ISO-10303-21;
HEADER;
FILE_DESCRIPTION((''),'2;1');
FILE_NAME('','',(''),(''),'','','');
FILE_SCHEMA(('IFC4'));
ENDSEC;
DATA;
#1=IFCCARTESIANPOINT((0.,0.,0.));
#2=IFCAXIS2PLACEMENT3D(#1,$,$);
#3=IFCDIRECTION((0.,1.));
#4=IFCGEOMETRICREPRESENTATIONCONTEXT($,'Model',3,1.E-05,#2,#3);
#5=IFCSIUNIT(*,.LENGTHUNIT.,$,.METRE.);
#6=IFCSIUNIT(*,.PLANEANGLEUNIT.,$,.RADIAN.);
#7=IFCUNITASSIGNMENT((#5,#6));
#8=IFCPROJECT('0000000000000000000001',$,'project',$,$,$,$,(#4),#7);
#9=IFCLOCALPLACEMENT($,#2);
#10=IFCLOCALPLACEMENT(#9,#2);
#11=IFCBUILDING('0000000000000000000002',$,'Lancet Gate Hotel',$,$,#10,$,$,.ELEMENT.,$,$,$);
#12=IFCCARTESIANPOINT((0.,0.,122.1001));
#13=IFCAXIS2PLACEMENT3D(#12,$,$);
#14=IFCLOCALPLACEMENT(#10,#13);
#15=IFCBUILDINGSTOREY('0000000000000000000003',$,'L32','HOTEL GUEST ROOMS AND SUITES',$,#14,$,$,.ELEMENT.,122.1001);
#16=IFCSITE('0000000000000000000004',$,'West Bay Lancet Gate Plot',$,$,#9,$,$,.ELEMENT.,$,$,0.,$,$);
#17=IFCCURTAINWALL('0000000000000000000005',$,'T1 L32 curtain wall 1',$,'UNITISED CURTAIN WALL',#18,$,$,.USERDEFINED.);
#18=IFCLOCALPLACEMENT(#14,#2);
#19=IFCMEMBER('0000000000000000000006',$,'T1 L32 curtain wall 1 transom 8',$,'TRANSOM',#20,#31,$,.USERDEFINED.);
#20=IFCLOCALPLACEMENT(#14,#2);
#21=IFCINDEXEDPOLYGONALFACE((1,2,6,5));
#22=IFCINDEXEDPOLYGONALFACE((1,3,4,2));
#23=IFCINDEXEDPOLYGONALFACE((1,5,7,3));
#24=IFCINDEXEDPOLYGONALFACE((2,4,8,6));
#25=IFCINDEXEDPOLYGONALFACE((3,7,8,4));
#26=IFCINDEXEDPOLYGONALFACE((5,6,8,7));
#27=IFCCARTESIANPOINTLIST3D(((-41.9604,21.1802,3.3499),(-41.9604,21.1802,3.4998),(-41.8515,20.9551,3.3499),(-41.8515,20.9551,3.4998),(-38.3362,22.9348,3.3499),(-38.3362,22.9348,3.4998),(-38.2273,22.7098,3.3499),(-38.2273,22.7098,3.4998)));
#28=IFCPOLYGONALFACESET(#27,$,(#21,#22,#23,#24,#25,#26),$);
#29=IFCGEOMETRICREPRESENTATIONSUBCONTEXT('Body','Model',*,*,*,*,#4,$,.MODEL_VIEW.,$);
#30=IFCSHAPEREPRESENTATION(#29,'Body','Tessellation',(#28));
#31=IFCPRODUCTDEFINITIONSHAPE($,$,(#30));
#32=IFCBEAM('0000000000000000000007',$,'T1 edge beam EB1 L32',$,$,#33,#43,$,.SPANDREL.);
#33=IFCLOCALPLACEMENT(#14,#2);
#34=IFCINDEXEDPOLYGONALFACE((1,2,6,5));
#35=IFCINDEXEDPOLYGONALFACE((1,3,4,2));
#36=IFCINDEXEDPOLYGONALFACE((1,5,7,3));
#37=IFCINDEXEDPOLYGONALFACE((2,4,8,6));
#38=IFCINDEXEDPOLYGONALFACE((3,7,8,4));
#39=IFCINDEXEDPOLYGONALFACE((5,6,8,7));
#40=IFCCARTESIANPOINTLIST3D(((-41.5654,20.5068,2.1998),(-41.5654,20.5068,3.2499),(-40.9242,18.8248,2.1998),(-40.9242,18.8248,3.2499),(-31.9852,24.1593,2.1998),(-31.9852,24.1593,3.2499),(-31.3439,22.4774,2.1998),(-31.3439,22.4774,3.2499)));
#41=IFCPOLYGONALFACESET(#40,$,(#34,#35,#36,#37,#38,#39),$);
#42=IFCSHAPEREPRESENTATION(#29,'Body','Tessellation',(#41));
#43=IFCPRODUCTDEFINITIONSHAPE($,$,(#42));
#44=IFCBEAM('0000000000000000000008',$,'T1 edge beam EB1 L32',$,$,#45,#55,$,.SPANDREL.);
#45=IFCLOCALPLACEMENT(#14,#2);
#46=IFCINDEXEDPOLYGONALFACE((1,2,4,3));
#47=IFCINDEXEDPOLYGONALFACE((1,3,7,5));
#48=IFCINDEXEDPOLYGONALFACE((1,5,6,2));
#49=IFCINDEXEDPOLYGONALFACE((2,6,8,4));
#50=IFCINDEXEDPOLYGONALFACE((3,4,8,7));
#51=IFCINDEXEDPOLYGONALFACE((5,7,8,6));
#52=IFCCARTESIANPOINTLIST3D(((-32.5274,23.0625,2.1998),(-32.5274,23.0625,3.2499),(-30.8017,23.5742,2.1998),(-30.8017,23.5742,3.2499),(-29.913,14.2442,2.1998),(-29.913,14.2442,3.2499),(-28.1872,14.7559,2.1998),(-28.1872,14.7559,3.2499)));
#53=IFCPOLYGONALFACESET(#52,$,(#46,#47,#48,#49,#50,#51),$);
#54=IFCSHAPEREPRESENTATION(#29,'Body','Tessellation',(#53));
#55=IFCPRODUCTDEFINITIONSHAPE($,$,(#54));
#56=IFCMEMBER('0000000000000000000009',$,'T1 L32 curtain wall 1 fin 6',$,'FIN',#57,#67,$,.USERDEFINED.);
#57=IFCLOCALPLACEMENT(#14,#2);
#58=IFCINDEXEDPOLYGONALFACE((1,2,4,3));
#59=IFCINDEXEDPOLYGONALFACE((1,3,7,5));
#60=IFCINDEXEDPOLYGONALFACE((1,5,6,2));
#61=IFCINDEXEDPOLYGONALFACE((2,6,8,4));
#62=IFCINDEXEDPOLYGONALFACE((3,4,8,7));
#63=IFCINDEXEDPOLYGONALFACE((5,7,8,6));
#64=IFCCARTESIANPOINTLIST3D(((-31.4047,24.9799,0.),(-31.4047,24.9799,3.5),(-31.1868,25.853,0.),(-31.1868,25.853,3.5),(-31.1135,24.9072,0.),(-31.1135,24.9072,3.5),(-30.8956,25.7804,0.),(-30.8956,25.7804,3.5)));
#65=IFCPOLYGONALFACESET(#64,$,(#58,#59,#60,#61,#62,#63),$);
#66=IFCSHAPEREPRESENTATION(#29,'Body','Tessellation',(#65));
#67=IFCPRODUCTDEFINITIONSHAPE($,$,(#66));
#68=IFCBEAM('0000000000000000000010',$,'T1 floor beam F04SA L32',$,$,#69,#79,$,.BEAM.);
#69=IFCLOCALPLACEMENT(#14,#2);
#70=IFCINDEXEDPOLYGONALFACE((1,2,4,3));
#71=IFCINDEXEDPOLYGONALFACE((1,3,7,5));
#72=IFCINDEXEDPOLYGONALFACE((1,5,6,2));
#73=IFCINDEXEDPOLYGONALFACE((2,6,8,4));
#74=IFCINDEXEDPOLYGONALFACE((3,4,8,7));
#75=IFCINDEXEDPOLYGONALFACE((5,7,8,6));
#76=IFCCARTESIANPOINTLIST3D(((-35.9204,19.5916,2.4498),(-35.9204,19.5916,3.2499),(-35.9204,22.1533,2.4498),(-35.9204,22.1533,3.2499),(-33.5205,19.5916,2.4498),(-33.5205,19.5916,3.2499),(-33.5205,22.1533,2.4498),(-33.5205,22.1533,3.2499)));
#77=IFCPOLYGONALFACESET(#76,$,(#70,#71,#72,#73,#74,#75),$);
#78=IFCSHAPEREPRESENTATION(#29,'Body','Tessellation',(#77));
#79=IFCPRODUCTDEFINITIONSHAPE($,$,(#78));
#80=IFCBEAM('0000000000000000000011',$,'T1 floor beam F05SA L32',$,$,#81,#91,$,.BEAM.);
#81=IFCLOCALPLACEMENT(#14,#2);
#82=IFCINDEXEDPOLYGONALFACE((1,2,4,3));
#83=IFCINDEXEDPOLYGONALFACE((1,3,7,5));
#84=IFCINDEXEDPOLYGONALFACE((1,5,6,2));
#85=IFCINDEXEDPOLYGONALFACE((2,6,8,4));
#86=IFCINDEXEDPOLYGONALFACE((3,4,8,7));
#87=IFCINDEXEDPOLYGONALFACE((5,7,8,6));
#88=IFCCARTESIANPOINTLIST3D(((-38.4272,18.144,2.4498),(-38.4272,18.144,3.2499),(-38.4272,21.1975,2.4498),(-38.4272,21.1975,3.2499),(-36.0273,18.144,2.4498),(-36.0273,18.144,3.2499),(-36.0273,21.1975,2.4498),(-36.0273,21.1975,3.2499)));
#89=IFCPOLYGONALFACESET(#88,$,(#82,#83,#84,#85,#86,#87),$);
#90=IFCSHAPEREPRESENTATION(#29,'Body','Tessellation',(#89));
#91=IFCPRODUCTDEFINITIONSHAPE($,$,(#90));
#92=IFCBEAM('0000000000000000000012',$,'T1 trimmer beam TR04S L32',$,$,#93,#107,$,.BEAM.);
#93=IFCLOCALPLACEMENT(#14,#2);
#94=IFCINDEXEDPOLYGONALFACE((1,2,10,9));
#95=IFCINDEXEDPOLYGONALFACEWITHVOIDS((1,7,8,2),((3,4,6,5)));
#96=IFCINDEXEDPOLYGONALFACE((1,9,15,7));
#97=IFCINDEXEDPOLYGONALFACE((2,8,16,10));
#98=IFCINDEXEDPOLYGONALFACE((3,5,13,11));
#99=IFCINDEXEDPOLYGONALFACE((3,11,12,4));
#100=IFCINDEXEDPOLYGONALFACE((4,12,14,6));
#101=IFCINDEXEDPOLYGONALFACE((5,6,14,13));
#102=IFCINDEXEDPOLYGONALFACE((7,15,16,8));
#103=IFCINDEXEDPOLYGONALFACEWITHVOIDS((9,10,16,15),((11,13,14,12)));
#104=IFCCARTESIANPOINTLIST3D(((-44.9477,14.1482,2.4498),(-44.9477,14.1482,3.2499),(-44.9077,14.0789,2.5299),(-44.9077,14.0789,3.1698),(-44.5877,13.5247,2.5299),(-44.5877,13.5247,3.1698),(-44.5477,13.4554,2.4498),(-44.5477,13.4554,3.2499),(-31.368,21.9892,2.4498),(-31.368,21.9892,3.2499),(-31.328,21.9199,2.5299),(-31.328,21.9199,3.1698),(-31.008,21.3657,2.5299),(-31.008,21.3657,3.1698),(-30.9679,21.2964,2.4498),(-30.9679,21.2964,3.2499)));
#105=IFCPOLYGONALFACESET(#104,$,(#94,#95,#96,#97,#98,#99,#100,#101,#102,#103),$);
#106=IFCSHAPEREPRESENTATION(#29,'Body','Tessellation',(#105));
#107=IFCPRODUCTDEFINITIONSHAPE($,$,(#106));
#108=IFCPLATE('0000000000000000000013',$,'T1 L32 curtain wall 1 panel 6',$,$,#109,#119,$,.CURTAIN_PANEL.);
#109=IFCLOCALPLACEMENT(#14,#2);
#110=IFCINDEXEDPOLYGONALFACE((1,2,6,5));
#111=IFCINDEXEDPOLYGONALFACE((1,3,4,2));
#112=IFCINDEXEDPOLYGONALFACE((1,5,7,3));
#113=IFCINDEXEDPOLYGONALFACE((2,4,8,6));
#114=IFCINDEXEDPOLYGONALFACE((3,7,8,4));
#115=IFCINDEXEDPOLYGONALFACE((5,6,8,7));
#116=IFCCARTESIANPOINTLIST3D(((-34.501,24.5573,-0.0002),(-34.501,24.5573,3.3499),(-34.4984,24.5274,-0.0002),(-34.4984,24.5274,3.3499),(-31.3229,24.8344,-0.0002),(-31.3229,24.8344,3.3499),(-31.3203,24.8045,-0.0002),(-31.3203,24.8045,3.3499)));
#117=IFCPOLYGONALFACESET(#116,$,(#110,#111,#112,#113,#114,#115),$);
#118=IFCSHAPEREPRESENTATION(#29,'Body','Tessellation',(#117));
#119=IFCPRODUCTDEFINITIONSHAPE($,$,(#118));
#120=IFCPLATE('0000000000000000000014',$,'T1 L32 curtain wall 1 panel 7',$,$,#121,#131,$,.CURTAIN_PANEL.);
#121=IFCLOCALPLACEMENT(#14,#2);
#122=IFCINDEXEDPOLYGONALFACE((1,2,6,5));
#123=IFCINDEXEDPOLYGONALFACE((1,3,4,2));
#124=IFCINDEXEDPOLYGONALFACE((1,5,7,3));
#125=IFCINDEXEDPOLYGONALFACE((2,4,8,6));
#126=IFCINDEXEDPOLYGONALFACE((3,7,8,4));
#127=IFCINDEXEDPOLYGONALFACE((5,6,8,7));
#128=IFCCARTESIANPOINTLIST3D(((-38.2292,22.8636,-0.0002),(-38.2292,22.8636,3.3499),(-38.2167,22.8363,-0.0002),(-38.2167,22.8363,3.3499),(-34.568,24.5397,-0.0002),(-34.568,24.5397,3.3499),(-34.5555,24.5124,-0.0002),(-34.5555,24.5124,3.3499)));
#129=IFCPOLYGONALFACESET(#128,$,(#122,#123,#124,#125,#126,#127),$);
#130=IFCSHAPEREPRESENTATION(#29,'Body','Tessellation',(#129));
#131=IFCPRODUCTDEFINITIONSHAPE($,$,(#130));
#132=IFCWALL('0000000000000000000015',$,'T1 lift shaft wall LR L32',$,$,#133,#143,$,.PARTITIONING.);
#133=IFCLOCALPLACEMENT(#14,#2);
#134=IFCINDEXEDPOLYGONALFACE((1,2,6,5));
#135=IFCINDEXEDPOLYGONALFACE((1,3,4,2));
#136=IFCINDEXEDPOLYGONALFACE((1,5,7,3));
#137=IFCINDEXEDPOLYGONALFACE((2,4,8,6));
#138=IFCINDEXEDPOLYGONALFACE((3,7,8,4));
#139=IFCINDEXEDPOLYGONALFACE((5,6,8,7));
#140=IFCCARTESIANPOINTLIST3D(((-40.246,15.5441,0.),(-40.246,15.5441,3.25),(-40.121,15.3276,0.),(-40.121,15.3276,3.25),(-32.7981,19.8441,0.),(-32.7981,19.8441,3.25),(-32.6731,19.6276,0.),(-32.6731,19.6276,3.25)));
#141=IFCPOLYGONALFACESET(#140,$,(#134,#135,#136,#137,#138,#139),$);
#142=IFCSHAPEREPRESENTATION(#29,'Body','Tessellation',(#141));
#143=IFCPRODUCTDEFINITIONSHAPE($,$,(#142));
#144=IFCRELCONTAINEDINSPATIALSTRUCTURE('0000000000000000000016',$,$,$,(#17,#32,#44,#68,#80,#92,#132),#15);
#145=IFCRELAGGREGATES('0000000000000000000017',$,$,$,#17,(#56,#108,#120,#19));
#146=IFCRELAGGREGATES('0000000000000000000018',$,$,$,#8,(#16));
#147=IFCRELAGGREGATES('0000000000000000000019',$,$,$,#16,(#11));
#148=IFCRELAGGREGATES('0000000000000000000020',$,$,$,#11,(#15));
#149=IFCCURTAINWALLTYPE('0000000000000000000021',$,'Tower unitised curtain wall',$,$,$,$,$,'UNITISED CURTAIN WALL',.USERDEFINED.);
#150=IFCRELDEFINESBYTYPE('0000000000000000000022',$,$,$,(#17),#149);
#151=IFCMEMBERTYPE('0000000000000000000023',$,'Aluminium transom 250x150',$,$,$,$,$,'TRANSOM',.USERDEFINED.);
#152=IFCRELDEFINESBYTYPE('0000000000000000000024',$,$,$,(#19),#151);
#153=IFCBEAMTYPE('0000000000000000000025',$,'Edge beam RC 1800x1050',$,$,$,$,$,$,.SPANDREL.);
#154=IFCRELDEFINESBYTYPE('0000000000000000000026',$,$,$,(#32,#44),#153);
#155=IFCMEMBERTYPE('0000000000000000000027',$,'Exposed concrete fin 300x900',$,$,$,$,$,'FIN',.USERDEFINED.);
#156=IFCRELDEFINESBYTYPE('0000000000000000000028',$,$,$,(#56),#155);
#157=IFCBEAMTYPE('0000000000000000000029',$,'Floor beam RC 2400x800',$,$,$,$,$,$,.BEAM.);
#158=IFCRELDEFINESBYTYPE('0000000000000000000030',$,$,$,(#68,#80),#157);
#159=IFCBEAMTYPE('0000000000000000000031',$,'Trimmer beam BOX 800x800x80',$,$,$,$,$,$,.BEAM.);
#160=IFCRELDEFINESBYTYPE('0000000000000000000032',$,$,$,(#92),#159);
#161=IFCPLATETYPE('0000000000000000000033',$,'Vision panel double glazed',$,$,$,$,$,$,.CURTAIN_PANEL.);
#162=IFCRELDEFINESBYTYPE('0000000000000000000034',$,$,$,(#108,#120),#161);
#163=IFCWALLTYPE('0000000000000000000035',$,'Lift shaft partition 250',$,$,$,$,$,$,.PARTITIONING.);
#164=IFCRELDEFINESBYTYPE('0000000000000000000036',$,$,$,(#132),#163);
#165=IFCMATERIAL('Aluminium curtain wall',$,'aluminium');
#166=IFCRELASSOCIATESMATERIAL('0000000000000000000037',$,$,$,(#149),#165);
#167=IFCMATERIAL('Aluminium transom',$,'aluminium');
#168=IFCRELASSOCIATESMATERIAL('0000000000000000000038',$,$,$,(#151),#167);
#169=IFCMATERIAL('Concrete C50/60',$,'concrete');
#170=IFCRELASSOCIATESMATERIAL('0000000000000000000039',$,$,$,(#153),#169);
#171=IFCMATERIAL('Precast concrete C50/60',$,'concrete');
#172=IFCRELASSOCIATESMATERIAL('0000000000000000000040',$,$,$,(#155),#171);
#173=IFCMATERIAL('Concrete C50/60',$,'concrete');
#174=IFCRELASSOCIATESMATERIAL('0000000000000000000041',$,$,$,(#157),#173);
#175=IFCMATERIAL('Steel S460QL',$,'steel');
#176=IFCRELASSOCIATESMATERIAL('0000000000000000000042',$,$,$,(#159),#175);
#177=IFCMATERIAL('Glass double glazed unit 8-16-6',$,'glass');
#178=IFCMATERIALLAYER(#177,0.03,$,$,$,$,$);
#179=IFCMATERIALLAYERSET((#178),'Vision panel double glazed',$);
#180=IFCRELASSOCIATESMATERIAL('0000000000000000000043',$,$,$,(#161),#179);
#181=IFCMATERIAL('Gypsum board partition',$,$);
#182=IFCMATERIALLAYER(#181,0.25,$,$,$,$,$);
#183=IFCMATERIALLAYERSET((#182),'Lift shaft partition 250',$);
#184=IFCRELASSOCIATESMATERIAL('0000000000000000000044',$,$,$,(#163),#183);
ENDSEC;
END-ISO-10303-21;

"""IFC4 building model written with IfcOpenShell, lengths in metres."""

from ifc_helpers import new_model, si_unit, direction, frame, frame_2d, origin, origin_2d, place, context, subcontext, project, spatial, rectangle, hollow_rectangle, extrude, material, layer, layer_set, material_profile, profile_set, type_object, element, aggregate, save


model = new_model("IFC4")

# Units and contexts
model_context = context("Model", 3, precision=1e-05, world=origin(), true_north=direction((0.0, 1.0)))
body_context = subcontext(model_context, "Body", "Model", "MODEL_VIEW")
ifc_project = project(units=[si_unit("LENGTHUNIT", "METRE"), si_unit("PLANEANGLEUNIT", "RADIAN")], contexts=[model_context])

# Site, building, storey
site_placement = place(None, origin())
site = spatial("IfcSite", under=ifc_project, at=site_placement, Name="West Bay Lancet Gate Plot", CompositionType="ELEMENT", RefElevation=0.0)
building_placement = place(site_placement, origin())
building = spatial("IfcBuilding", under=site, at=building_placement, Name="Lancet Gate Hotel", CompositionType="ELEMENT")
storey_placement = place(building_placement, frame((0.0, 0.0, 122.1001)))
storey = spatial("IfcBuildingStorey", under=building, at=storey_placement, Name="L32", Description="HOTEL GUEST ROOMS AND SUITES", CompositionType="ELEMENT", Elevation=122.1001)

# Curtain wall, member
ifc_material_1 = material(Name="Aluminium curtain wall", Category="aluminium")
curtain_wall_type = type_object("IfcCurtainWallType", Name="Tower unitised curtain wall", ElementType="UNITISED CURTAIN WALL", PredefinedType="USERDEFINED", material=ifc_material_1)
curtain_wall_placement = place(storey_placement, origin())
curtain_wall = element("IfcCurtainWall", 1, at=curtain_wall_placement, inside=storey, type_object=curtain_wall_type, Name="T1 L32 curtain wall 1", ObjectType="UNITISED CURTAIN WALL", PredefinedType="USERDEFINED")
ifc_material_2 = material(Name="Aluminium transom", Category="aluminium")
ifc_material_profile_1 = material_profile(ifc_material_2, rectangle(XDim=0.25, YDim=0.1499, at=origin_2d()), Name="TRANSOM 250x150")
ifc_profile_set_1 = profile_set([ifc_material_profile_1], Name="Aluminium transom")
member_type_1 = type_object("IfcMemberType", Name="Aluminium transom 250x150", ElementType="TRANSOM", PredefinedType="USERDEFINED", material=ifc_profile_set_1)
member_1_placement = place(storey_placement, frame((-38.2817, 22.8223, 3.4248), z_axis=(-0.900066, -0.435754, 0.0), x_axis=(0.435754, -0.900066, 0.0)))
member_1 = element("IfcMember", 2, at=member_1_placement, type_object=member_type_1, Name="T1 L32 curtain wall 1 transom 8", ObjectType="TRANSOM", PredefinedType="USERDEFINED", context=body_context, shape_type="SweptSolid", body=[
    extrude(rectangle(XDim=0.25, YDim=0.1499, at=origin_2d()), origin(), (0.0, 0.0, 1.0), 4.0266),
])

# Beams
ifc_material_3 = material(Name="Concrete C50/60", Category="concrete")
ifc_material_profile_2 = material_profile(ifc_material_3, rectangle(XDim=1.8, YDim=1.05, at=origin_2d()), Name="RC 1800x1050")
ifc_profile_set_2 = profile_set([ifc_material_profile_2], Name="Concrete C50/60")
beam_type_1 = type_object("IfcBeamType", Name="Edge beam RC 1800x1050", PredefinedType="SPANDREL", material=ifc_profile_set_2)
beam_1_placement = place(storey_placement, frame((-31.6646, 23.3184, 2.7249), z_axis=(-0.934392, -0.356246, 0.0), x_axis=(0.356246, -0.934392, 0.0)))
element("IfcBeam", 3, at=beam_1_placement, inside=storey, type_object=beam_type_1, Name="T1 edge beam EB1 L32", PredefinedType="SPANDREL", context=body_context, shape_type="SweptSolid", body=[
    extrude(rectangle(XDim=1.8, YDim=1.05, at=origin_2d()), origin(), (0.0, 0.0, 1.0), 10.2529),
])
beam_2_placement = place(storey_placement, frame((-31.6646, 23.3184, 2.7249), z_axis=(0.284254, -0.958749, 0.0), x_axis=(0.958749, 0.284254, 0.0)))
element("IfcBeam", 4, at=beam_2_placement, inside=storey, type_object=beam_type_1, Name="T1 edge beam EB1 L32", PredefinedType="SPANDREL", context=body_context, shape_type="SweptSolid", body=[
    extrude(rectangle(XDim=1.8, YDim=1.05, at=origin_2d()), origin(), (0.0, 0.0, 1.0), 9.1978),
])

# Member
ifc_material_4 = material(Name="Precast concrete C50/60", Category="concrete")
ifc_material_profile_3 = material_profile(ifc_material_4, rectangle(XDim=0.3, YDim=0.8999, at=origin_2d()), Name="FIN 300x900")
ifc_profile_set_3 = profile_set([ifc_material_profile_3], Name="Precast concrete C50/60")
member_type_2 = type_object("IfcMemberType", Name="Exposed concrete fin 300x900", ElementType="FIN", PredefinedType="USERDEFINED", material=ifc_profile_set_3)
member_2_placement = place(storey_placement, frame((-31.1501, 25.3801, 0.0), z_axis=(0.0, 0.0, 1.0), x_axis=(-0.970242, 0.242137, 0.0)))
member_2 = element("IfcMember", 5, at=member_2_placement, type_object=member_type_2, Name="T1 L32 curtain wall 1 fin 6", ObjectType="FIN", PredefinedType="USERDEFINED", context=body_context, shape_type="SweptSolid", body=[
    extrude(rectangle(XDim=0.3, YDim=0.8999, at=origin_2d()), origin(), (0.0, 0.0, 1.0), 3.5),
])

# Beams
ifc_material_5 = material(Name="Concrete C50/60", Category="concrete")
ifc_material_profile_4 = material_profile(ifc_material_5, rectangle(XDim=2.3999, YDim=0.8, at=origin_2d()), Name="RC 2400x800")
ifc_profile_set_4 = profile_set([ifc_material_profile_4], Name="Concrete C50/60")
beam_type_2 = type_object("IfcBeamType", Name="Floor beam RC 2400x800", PredefinedType="BEAM", material=ifc_profile_set_4)
beam_3_placement = place(storey_placement, frame((-34.7205, 22.1533, 2.8499), z_axis=(0.0, -1.0, 0.0), x_axis=(1.0, 0.0, 0.0)))
element("IfcBeam", 6, at=beam_3_placement, inside=storey, type_object=beam_type_2, Name="T1 floor beam F04SA L32", PredefinedType="BEAM", context=body_context, shape_type="SweptSolid", body=[
    extrude(rectangle(XDim=2.3999, YDim=0.8, at=origin_2d()), origin(), (0.0, 0.0, 1.0), 2.5618),
])
beam_4_placement = place(storey_placement, frame((-37.2273, 21.1975, 2.8499), z_axis=(0.0, -1.0, 0.0), x_axis=(1.0, 0.0, 0.0)))
element("IfcBeam", 7, at=beam_4_placement, inside=storey, type_object=beam_type_2, Name="T1 floor beam F05SA L32", PredefinedType="BEAM", context=body_context, shape_type="SweptSolid", body=[
    extrude(rectangle(XDim=2.3999, YDim=0.8, at=origin_2d()), origin(), (0.0, 0.0, 1.0), 3.0535),
])
ifc_material_6 = material(Name="Steel S460QL", Category="steel")
ifc_material_profile_5 = material_profile(ifc_material_6, hollow_rectangle(XDim=0.8, YDim=0.8, WallThickness=0.0801, at=origin_2d()), Name="BOX 800x800x80")
ifc_profile_set_5 = profile_set([ifc_material_profile_5], Name="Steel S460QL")
beam_type_3 = type_object("IfcBeamType", Name="Trimmer beam BOX 800x800x80", PredefinedType="BEAM", material=ifc_profile_set_5)
beam_5_placement = place(storey_placement, frame((-31.168, 21.6428, 2.8499), z_axis=(-0.866005, -0.500036, 0.0), x_axis=(0.500036, -0.866005, 0.0)))
element("IfcBeam", 8, at=beam_5_placement, inside=storey, type_object=beam_type_3, Name="T1 trimmer beam TR04S L32", PredefinedType="BEAM", context=body_context, shape_type="SweptSolid", body=[
    extrude(hollow_rectangle(XDim=0.8, YDim=0.8, WallThickness=0.0801, at=origin_2d()), origin(), (0.0, 0.0, 1.0), 15.6809),
])

# Plates
ifc_material_7 = material(Name="Glass double glazed unit 8-16-6", Category="glass")
ifc_layer_1 = layer(ifc_material_7, 0.03)
ifc_layer_set_1 = layer_set([ifc_layer_1], Name="Vision panel double glazed")
plate_type = type_object("IfcPlateType", Name="Vision panel double glazed", PredefinedType="CURTAIN_PANEL", material=ifc_layer_set_1)
plate_1_placement = place(storey_placement, frame((-32.9106, 24.6809, -0.0002), z_axis=(0.0, 0.0, 1.0), x_axis=(-0.996219, -0.08688, 0.0)))
plate_1 = element("IfcPlate", 9, at=plate_1_placement, type_object=plate_type, Name="T1 L32 curtain wall 1 panel 6", PredefinedType="CURTAIN_PANEL", context=body_context, shape_type="SweptSolid", body=[
    extrude(rectangle(XDim=3.1902, YDim=0.03, at=origin_2d()), origin(), (0.0, 0.0, 1.0), 3.3501),
])
plate_2_placement = place(storey_placement, frame((-36.3923, 23.688, -0.0002), z_axis=(0.0, 0.0, 1.0), x_axis=(-0.909253, -0.416245, 0.0)))
plate_2 = element("IfcPlate", 10, at=plate_2_placement, type_object=plate_type, Name="T1 L32 curtain wall 1 panel 7", PredefinedType="CURTAIN_PANEL", context=body_context, shape_type="SweptSolid", body=[
    extrude(rectangle(XDim=4.0266, YDim=0.03, at=origin_2d()), origin(), (0.0, 0.0, 1.0), 3.3501),
])
aggregate(curtain_wall, [member_2, plate_1, plate_2, member_1])

# Wall
ifc_material_8 = material(Name="Gypsum board partition")
ifc_layer_2 = layer(ifc_material_8, 0.25)
ifc_layer_set_2 = layer_set([ifc_layer_2], Name="Lift shaft partition 250")
wall_type = type_object("IfcWallType", Name="Lift shaft partition 250", PredefinedType="PARTITIONING", material=ifc_layer_set_2)
wall_placement = place(storey_placement, frame((-32.7356, 19.7358, 0.0), z_axis=(0.0, 0.0, 1.0), x_axis=(-0.866028, -0.499995, 0.0)))
element("IfcWall", 11, at=wall_placement, inside=storey, type_object=wall_type, Name="T1 lift shaft wall LR L32", PredefinedType="PARTITIONING", context=body_context, shape_type="SweptSolid", body=[
    extrude(rectangle(XDim=8.6001, YDim=0.25, at=frame_2d((4.3, 0.0))), origin(), (0.0, 0.0, 1.0), 3.25),
])

save(model, "model.ifc")
